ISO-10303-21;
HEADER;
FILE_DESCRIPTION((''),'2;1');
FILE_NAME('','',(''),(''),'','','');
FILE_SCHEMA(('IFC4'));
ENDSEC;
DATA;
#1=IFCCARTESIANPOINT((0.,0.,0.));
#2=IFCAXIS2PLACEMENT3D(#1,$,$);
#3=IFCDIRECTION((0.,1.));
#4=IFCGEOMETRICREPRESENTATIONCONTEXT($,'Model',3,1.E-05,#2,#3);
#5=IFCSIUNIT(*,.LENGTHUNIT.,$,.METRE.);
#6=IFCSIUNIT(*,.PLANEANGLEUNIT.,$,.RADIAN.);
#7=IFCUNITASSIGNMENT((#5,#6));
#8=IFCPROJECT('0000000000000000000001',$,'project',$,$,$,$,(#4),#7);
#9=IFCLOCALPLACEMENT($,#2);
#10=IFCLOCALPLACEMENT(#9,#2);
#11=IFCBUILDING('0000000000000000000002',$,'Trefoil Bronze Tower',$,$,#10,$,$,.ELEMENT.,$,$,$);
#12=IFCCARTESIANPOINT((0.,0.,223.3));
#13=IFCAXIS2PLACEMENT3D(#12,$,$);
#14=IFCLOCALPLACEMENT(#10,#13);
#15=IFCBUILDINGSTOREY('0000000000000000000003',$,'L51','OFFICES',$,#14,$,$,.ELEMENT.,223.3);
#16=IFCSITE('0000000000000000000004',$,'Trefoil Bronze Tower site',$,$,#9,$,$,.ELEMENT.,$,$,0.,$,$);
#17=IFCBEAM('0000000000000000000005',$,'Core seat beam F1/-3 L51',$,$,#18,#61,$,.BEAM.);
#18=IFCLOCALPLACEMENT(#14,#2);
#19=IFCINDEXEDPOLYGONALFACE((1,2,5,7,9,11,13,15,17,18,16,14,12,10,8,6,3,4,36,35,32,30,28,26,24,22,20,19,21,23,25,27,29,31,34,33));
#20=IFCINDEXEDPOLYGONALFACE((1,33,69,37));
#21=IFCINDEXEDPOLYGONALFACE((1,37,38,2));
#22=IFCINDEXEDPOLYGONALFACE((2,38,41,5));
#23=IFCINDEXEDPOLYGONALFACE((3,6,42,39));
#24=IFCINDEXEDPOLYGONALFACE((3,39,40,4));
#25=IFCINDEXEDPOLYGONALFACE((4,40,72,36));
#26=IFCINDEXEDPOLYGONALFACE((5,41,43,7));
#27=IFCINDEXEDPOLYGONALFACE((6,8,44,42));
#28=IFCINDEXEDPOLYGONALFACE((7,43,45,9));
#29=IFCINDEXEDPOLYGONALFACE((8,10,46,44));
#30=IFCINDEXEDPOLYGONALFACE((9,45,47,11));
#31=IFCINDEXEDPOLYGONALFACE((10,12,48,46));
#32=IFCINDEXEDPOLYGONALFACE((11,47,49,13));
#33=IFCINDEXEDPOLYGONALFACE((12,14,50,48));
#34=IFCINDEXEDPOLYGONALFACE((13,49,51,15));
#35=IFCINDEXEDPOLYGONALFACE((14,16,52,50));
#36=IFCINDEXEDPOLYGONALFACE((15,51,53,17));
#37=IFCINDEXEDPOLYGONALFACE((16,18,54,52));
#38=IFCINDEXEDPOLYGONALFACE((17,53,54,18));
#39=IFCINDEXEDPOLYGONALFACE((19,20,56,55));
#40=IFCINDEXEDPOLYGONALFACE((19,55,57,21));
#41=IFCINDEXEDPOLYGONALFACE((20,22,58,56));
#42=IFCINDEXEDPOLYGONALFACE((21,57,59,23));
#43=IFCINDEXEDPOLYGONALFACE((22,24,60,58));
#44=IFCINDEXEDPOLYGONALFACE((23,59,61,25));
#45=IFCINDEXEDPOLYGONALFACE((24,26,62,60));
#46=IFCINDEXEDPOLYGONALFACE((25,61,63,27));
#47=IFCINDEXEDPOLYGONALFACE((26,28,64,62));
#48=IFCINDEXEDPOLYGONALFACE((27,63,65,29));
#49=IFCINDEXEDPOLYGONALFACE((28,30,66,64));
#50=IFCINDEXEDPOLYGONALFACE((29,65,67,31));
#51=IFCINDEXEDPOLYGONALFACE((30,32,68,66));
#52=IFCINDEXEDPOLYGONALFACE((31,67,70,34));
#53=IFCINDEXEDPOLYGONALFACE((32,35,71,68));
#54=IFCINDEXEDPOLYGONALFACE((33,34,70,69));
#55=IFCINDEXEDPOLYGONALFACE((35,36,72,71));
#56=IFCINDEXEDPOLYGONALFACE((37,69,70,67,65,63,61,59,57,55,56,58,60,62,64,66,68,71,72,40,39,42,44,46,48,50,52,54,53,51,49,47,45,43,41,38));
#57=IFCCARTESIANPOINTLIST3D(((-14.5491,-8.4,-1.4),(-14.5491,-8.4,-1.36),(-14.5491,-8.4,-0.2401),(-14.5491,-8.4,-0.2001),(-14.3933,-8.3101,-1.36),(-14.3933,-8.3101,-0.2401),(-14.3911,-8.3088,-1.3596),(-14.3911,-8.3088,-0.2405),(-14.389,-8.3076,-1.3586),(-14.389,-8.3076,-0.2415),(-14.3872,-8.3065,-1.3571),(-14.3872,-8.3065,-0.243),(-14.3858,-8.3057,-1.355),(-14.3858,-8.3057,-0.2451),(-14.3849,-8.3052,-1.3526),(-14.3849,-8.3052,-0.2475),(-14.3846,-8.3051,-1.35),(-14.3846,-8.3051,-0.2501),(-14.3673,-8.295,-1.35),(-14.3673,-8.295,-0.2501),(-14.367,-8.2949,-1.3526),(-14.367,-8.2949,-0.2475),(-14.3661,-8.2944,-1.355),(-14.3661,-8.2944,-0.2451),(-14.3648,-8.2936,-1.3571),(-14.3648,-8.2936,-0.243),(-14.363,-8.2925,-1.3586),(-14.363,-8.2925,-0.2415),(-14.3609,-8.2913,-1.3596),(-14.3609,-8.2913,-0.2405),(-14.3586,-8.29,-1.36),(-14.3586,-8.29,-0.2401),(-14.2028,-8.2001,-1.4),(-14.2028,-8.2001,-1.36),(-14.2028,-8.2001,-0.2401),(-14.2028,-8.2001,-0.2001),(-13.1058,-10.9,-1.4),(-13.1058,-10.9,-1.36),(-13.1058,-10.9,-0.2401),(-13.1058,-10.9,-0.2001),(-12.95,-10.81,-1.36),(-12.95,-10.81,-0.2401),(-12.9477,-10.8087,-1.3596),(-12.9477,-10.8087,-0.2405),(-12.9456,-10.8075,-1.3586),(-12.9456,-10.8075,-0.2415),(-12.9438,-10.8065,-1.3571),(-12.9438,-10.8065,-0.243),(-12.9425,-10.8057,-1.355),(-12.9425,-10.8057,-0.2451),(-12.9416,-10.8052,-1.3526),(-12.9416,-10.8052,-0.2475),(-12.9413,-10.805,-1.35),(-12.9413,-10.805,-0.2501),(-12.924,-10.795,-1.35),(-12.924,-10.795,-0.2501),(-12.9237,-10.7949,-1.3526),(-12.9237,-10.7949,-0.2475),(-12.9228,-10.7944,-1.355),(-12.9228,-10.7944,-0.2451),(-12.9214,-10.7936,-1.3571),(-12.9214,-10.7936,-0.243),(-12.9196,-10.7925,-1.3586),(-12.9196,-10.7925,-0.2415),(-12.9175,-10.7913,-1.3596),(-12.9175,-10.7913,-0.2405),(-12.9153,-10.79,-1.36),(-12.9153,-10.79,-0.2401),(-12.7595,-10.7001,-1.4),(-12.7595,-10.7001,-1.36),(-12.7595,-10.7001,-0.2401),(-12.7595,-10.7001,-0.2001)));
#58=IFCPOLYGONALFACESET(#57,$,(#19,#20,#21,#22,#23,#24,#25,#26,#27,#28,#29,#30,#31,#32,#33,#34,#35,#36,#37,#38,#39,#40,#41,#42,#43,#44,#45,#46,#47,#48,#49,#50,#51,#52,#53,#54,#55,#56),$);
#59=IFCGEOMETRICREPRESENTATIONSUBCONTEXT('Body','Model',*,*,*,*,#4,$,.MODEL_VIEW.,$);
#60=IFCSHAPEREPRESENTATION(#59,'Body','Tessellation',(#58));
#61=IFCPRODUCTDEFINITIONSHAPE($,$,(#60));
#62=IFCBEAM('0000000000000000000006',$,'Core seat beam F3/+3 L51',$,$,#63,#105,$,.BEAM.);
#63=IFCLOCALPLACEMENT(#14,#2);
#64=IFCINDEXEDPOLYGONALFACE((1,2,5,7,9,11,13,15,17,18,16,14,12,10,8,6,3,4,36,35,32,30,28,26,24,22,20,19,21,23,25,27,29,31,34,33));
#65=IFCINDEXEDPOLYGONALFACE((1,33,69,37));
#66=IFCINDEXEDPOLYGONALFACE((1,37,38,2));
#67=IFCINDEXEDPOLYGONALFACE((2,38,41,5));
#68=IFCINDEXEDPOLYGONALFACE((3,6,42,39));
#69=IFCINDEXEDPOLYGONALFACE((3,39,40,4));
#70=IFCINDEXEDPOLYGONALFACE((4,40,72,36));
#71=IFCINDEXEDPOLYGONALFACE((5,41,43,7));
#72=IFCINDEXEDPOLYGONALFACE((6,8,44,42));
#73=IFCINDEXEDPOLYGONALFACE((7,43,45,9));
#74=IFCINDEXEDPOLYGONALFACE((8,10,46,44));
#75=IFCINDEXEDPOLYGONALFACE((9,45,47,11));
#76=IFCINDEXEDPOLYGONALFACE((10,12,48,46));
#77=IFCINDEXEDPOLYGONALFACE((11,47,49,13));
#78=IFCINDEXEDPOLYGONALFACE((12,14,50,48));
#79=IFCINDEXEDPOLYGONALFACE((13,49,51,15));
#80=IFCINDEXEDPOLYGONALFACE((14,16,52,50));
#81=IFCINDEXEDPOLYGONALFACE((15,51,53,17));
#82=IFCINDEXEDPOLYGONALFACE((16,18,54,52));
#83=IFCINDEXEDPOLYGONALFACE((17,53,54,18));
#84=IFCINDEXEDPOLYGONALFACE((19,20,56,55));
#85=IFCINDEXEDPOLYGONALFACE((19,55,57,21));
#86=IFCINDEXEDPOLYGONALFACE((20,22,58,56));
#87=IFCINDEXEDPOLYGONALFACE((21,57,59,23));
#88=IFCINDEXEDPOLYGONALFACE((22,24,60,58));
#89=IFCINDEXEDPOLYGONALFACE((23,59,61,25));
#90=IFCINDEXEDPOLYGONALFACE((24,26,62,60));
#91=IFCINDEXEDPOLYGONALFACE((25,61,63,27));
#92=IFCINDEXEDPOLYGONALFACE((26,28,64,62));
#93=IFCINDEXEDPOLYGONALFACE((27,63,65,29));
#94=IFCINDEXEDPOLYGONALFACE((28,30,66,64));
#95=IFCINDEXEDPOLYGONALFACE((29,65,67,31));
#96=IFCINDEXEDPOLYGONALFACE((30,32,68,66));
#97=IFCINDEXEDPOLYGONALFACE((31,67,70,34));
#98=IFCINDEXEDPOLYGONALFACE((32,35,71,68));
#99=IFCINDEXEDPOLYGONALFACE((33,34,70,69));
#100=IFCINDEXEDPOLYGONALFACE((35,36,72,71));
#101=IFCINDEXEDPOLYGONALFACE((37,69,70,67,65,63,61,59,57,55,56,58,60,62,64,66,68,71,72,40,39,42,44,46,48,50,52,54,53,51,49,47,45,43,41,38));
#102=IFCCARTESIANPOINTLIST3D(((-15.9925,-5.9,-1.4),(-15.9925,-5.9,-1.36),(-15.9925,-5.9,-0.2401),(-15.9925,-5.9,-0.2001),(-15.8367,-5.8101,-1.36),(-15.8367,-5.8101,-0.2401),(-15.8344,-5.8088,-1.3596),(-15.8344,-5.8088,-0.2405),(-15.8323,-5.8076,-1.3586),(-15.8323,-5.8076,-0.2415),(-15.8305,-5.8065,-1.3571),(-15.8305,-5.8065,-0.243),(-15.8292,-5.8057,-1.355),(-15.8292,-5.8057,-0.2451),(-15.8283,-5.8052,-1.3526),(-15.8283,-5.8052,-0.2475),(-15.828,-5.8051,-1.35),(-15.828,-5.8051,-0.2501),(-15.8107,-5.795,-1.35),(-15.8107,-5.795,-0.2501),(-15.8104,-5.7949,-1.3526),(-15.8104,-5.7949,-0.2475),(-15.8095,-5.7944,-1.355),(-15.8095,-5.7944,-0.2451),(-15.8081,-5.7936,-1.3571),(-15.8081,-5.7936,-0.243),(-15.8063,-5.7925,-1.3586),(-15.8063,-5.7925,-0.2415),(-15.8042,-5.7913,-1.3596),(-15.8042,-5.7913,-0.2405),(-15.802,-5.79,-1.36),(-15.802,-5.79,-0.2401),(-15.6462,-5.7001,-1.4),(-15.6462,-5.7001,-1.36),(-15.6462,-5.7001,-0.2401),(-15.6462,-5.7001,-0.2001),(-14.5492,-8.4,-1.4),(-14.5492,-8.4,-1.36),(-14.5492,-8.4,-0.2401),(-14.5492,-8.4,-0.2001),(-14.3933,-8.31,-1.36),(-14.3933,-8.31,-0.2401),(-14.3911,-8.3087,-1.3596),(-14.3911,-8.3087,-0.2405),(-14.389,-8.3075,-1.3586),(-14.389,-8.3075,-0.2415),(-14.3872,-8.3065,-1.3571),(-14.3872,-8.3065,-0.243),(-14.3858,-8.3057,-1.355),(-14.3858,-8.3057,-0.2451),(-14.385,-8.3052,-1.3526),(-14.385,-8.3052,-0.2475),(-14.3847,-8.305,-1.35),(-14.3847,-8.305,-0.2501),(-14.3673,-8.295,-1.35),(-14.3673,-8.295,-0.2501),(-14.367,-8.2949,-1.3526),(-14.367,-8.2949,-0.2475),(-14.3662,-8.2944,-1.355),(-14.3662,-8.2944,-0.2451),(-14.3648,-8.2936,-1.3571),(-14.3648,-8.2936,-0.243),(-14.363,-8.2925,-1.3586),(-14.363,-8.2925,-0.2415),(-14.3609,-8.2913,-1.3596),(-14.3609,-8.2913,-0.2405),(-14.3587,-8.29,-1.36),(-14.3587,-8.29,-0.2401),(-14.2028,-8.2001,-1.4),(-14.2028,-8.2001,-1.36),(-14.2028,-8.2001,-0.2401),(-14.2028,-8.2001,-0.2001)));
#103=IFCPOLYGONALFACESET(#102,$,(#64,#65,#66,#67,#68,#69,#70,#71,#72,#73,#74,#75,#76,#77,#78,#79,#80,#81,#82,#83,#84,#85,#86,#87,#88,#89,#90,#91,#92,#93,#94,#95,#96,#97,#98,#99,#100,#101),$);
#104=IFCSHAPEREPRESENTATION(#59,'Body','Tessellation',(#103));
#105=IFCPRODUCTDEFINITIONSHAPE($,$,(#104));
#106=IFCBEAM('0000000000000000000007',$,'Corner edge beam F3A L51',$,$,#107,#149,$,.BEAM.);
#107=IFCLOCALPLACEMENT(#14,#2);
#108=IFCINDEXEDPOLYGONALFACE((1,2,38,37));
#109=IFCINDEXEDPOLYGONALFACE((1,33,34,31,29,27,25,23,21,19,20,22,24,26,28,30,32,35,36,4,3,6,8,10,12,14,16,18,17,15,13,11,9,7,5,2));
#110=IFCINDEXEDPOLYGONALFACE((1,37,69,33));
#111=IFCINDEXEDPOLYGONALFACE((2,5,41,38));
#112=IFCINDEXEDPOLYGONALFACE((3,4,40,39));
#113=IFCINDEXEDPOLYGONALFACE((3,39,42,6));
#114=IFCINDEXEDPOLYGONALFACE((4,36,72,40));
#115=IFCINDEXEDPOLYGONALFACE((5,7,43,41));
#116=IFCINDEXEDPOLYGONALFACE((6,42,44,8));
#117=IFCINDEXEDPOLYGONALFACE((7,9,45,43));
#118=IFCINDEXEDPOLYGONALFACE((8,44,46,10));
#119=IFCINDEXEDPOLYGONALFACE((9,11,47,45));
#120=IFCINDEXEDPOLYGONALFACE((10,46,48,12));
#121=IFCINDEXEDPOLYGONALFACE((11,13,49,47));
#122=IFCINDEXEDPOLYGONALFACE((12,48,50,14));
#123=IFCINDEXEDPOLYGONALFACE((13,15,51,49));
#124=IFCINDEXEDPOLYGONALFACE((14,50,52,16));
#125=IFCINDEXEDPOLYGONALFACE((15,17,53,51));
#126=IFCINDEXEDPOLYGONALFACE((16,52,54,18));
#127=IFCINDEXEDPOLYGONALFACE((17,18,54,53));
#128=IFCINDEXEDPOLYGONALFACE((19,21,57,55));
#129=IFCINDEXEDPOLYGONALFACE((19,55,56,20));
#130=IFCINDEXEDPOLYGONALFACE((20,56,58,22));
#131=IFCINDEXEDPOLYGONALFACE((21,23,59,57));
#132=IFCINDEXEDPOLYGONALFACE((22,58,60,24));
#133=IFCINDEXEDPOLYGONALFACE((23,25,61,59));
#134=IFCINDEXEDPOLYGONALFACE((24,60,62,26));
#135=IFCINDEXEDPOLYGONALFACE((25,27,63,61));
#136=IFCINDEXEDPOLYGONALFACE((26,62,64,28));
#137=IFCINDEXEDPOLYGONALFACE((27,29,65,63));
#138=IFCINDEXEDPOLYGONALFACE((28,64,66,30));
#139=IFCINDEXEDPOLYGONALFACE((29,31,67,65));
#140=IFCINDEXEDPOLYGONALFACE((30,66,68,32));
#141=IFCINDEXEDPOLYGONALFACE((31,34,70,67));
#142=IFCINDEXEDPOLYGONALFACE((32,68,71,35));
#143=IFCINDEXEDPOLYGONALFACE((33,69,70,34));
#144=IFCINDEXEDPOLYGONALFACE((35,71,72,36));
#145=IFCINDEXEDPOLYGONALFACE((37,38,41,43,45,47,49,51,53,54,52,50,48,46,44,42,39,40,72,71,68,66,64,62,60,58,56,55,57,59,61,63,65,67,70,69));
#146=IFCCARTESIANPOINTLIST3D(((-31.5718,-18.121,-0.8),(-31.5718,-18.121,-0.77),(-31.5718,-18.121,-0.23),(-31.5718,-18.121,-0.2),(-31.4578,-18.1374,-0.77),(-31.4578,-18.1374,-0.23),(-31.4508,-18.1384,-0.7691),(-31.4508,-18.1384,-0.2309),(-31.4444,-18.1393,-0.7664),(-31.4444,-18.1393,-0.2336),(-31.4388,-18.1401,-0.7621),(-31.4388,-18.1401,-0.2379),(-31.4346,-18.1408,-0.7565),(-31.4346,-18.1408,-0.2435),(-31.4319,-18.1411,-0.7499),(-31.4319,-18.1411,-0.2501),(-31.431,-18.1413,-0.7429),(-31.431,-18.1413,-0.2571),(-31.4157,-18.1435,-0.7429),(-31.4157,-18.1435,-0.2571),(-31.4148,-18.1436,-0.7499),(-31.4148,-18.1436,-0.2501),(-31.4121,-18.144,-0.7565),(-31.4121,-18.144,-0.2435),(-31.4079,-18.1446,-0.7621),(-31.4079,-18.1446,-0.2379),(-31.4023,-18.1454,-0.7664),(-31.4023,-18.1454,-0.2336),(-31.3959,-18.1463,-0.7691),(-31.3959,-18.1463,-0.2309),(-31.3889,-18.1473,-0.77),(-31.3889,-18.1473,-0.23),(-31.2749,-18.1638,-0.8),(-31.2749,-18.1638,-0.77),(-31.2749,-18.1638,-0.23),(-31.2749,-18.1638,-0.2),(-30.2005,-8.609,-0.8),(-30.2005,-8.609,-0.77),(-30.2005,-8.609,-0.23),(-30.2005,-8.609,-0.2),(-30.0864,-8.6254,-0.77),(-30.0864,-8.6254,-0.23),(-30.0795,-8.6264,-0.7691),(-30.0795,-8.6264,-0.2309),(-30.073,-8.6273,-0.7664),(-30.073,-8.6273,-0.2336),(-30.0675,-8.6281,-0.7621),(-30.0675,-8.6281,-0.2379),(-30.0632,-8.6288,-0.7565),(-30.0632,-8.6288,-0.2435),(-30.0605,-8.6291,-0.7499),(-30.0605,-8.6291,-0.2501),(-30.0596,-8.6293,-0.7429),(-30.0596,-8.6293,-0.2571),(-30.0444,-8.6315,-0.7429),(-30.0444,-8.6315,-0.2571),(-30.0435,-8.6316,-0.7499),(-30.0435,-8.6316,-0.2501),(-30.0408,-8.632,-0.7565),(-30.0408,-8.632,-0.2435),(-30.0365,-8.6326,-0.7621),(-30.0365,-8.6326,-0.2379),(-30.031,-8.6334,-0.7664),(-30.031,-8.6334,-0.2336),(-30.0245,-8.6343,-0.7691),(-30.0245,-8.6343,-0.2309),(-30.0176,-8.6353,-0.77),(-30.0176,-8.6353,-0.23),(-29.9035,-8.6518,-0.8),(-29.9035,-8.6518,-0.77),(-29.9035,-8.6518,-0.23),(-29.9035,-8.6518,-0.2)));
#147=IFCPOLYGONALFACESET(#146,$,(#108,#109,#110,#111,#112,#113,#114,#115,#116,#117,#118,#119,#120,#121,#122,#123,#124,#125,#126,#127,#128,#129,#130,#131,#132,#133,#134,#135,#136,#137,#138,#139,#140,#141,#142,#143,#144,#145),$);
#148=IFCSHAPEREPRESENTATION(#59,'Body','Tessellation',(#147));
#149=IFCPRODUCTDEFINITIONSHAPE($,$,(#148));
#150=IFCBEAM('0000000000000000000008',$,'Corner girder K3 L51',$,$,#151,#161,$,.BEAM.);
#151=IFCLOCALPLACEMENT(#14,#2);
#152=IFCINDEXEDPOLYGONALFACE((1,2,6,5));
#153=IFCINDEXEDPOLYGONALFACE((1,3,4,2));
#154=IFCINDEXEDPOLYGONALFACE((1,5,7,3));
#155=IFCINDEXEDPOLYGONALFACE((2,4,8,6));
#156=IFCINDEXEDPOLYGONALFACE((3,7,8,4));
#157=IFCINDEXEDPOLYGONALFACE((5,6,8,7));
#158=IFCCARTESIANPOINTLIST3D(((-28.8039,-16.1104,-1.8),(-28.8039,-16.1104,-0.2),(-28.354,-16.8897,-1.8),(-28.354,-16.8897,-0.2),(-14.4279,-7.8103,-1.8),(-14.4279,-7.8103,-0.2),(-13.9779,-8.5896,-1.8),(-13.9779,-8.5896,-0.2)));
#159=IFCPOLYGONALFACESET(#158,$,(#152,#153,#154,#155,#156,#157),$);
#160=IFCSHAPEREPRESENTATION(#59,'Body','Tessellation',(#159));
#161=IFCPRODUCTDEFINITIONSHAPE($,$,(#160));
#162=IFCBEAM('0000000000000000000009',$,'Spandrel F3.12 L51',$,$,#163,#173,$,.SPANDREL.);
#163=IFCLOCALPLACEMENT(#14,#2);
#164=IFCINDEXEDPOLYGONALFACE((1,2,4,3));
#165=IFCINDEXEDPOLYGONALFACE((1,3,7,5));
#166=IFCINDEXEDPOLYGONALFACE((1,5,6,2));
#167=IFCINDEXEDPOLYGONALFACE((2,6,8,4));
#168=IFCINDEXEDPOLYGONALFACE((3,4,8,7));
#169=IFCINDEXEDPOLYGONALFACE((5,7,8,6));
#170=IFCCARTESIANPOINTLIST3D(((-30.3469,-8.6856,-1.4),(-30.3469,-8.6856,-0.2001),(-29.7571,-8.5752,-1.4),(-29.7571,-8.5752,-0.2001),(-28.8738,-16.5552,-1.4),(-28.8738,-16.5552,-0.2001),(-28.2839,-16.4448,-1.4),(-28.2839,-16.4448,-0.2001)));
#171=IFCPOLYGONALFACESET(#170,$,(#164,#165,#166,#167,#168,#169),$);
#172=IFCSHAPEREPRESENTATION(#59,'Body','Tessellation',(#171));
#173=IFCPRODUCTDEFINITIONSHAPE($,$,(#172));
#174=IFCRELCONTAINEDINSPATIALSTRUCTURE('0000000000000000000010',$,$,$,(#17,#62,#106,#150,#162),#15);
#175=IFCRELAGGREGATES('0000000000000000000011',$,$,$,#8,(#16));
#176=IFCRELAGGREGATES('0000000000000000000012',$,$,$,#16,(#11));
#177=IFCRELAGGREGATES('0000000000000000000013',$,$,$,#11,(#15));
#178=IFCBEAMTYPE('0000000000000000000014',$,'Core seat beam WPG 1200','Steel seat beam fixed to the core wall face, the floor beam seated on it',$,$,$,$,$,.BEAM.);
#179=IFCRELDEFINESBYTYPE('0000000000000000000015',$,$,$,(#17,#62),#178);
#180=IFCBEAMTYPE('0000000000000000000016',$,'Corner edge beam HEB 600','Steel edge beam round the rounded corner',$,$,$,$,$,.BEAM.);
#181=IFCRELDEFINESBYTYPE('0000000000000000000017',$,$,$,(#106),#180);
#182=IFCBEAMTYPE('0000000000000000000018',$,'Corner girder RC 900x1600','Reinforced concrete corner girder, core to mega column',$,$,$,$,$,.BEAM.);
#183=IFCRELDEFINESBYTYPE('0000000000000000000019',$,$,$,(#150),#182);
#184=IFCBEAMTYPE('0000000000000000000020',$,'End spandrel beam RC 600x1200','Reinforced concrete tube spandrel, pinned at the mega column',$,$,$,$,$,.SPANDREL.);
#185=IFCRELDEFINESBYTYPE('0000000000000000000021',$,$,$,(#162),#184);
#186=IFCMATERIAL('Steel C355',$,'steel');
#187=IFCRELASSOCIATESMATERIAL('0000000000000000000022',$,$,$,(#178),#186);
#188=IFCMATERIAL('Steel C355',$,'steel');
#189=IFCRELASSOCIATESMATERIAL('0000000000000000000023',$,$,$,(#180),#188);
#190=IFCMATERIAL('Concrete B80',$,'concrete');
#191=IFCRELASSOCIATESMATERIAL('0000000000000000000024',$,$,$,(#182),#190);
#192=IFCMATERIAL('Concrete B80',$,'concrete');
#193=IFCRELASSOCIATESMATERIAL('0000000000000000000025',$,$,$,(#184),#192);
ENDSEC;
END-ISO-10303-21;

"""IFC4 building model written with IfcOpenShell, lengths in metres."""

from ifc_helpers import new_model, si_unit, direction, frame, origin, origin_2d, place, context, subcontext, project, spatial, rectangle, i_section, extrude, material, material_profile, profile_set, type_object, element, save


model = new_model("IFC4")

# Units and contexts
model_context = context("Model", 3, precision=1e-05, world=origin(), true_north=direction((0.0, 1.0)))
body_context = subcontext(model_context, "Body", "Model", "MODEL_VIEW")
ifc_project = project(units=[si_unit("LENGTHUNIT", "METRE"), si_unit("PLANEANGLEUNIT", "RADIAN")], contexts=[model_context])

# Site, building, storey
site_placement = place(None, origin())
site = spatial("IfcSite", under=ifc_project, at=site_placement, Name="Trefoil Bronze Tower site", CompositionType="ELEMENT", RefElevation=0.0)
building_placement = place(site_placement, origin())
building = spatial("IfcBuilding", under=site, at=building_placement, Name="Trefoil Bronze Tower", CompositionType="ELEMENT")
storey_placement = place(building_placement, frame((0.0, 0.0, 223.3)))
storey = spatial("IfcBuildingStorey", under=building, at=storey_placement, Name="L51", Description="OFFICES", CompositionType="ELEMENT", Elevation=223.3)

# Beams
ifc_material_1 = material(Name="Steel C355", Category="steel")
ifc_material_profile_1 = material_profile(ifc_material_1, i_section(OverallWidth=0.3999, OverallDepth=1.2, WebThickness=0.02, FlangeThickness=0.04, FilletRadius=0.01, at=origin_2d()), Name="WPG 1200")
ifc_profile_set_1 = profile_set([ifc_material_profile_1], Name="Steel C355")
beam_type_1 = type_object("IfcBeamType", Name="Core seat beam WPG 1200", Description="Steel seat beam fixed to the core wall face, the floor beam seated on it", PredefinedType="BEAM", material=ifc_profile_set_1)
for number, where, z_axis, x_axis, name in (
    (1, (-14.376, -8.3, -0.8), (0.499996, -0.866028, 0.0), (0.866028, 0.499996, 0.0), "Core seat beam F1/-3 L51"),
    (2, (-15.8193, -5.8, -0.8), (0.499996, -0.866028, 0.0), (0.866028, 0.499996, 0.0), "Core seat beam F3/+3 L51"),
):
    element("IfcBeam", number, at=place(storey_placement, frame(where, z_axis=z_axis, x_axis=x_axis)), inside=storey, type_object=beam_type_1, Name=name, PredefinedType="BEAM", context=body_context, shape_type="SweptSolid", body=[
        extrude(i_section(OverallWidth=0.3999, OverallDepth=1.2, WebThickness=0.02, FlangeThickness=0.04, FilletRadius=0.01, at=origin_2d()), origin(), (0.0, 0.0, 1.0), 2.8867),
    ])
ifc_material_2 = material(Name="Steel C355", Category="steel")
ifc_material_profile_2 = material_profile(ifc_material_2, i_section(OverallWidth=0.3, OverallDepth=0.6001, WebThickness=0.0154, FlangeThickness=0.03, FilletRadius=0.0271, at=origin_2d()), Name="HEB 600")
ifc_profile_set_2 = profile_set([ifc_material_profile_2], Name="Steel C355")
beam_type_2 = type_object("IfcBeamType", Name="Corner edge beam HEB 600", Description="Steel edge beam round the rounded corner", PredefinedType="BEAM", material=ifc_profile_set_2)
beam_1_placement = place(storey_placement, frame((-30.052, -8.6304, -0.5), z_axis=(-0.142694, -0.989767, 0.0), x_axis=(0.989767, -0.142694, 0.0)))
element("IfcBeam", 3, at=beam_1_placement, inside=storey, type_object=beam_type_2, Name="Corner edge beam F3A L51", PredefinedType="BEAM", context=body_context, shape_type="SweptSolid", body=[
    extrude(i_section(OverallWidth=0.3, OverallDepth=0.6001, WebThickness=0.0154, FlangeThickness=0.03, FilletRadius=0.0271, at=origin_2d()), origin(), (0.0, 0.0, 1.0), 9.6104),
])
ifc_material_3 = material(Name="Concrete B80", Category="concrete")
ifc_material_profile_3 = material_profile(ifc_material_3, rectangle(XDim=0.8999, YDim=1.6001, at=origin_2d()), Name="RC 900x1600")
ifc_profile_set_3 = profile_set([ifc_material_profile_3], Name="Concrete B80")
beam_type_3 = type_object("IfcBeamType", Name="Corner girder RC 900x1600", Description="Reinforced concrete corner girder, core to mega column", PredefinedType="BEAM", material=ifc_profile_set_3)
beam_2_placement = place(storey_placement, frame((-14.2029, -8.2, -1.0), z_axis=(-0.866023, -0.500003, 0.0), x_axis=(0.500003, -0.866023, 0.0)))
element("IfcBeam", 4, at=beam_2_placement, inside=storey, type_object=beam_type_3, Name="Corner girder K3 L51", PredefinedType="BEAM", context=body_context, shape_type="SweptSolid", body=[
    extrude(rectangle(XDim=0.8999, YDim=1.6001, at=origin_2d()), origin(), (0.0, 0.0, 1.0), 16.6001),
])
ifc_material_4 = material(Name="Concrete B80", Category="concrete")
ifc_material_profile_4 = material_profile(ifc_material_4, rectangle(XDim=0.6001, YDim=1.2, at=origin_2d()), Name="RC 600x1200")
ifc_profile_set_4 = profile_set([ifc_material_profile_4], Name="Concrete B80")
beam_type_4 = type_object("IfcBeamType", Name="End spandrel beam RC 600x1200", Description="Reinforced concrete tube spandrel, pinned at the mega column", PredefinedType="SPANDREL", material=ifc_profile_set_4)
beam_3_placement = place(storey_placement, frame((-30.052, -8.6304, -0.8), z_axis=(0.183998, -0.982927, 0.0), x_axis=(0.982927, 0.183998, 0.0)))
element("IfcBeam", 5, at=beam_3_placement, inside=storey, type_object=beam_type_4, Name="Spandrel F3.12 L51", PredefinedType="SPANDREL", context=body_context, shape_type="SweptSolid", body=[
    extrude(rectangle(XDim=0.6001, YDim=1.2, at=origin_2d()), origin(), (0.0, 0.0, 1.0), 8.0063),
])

save(model, "model.ifc")
